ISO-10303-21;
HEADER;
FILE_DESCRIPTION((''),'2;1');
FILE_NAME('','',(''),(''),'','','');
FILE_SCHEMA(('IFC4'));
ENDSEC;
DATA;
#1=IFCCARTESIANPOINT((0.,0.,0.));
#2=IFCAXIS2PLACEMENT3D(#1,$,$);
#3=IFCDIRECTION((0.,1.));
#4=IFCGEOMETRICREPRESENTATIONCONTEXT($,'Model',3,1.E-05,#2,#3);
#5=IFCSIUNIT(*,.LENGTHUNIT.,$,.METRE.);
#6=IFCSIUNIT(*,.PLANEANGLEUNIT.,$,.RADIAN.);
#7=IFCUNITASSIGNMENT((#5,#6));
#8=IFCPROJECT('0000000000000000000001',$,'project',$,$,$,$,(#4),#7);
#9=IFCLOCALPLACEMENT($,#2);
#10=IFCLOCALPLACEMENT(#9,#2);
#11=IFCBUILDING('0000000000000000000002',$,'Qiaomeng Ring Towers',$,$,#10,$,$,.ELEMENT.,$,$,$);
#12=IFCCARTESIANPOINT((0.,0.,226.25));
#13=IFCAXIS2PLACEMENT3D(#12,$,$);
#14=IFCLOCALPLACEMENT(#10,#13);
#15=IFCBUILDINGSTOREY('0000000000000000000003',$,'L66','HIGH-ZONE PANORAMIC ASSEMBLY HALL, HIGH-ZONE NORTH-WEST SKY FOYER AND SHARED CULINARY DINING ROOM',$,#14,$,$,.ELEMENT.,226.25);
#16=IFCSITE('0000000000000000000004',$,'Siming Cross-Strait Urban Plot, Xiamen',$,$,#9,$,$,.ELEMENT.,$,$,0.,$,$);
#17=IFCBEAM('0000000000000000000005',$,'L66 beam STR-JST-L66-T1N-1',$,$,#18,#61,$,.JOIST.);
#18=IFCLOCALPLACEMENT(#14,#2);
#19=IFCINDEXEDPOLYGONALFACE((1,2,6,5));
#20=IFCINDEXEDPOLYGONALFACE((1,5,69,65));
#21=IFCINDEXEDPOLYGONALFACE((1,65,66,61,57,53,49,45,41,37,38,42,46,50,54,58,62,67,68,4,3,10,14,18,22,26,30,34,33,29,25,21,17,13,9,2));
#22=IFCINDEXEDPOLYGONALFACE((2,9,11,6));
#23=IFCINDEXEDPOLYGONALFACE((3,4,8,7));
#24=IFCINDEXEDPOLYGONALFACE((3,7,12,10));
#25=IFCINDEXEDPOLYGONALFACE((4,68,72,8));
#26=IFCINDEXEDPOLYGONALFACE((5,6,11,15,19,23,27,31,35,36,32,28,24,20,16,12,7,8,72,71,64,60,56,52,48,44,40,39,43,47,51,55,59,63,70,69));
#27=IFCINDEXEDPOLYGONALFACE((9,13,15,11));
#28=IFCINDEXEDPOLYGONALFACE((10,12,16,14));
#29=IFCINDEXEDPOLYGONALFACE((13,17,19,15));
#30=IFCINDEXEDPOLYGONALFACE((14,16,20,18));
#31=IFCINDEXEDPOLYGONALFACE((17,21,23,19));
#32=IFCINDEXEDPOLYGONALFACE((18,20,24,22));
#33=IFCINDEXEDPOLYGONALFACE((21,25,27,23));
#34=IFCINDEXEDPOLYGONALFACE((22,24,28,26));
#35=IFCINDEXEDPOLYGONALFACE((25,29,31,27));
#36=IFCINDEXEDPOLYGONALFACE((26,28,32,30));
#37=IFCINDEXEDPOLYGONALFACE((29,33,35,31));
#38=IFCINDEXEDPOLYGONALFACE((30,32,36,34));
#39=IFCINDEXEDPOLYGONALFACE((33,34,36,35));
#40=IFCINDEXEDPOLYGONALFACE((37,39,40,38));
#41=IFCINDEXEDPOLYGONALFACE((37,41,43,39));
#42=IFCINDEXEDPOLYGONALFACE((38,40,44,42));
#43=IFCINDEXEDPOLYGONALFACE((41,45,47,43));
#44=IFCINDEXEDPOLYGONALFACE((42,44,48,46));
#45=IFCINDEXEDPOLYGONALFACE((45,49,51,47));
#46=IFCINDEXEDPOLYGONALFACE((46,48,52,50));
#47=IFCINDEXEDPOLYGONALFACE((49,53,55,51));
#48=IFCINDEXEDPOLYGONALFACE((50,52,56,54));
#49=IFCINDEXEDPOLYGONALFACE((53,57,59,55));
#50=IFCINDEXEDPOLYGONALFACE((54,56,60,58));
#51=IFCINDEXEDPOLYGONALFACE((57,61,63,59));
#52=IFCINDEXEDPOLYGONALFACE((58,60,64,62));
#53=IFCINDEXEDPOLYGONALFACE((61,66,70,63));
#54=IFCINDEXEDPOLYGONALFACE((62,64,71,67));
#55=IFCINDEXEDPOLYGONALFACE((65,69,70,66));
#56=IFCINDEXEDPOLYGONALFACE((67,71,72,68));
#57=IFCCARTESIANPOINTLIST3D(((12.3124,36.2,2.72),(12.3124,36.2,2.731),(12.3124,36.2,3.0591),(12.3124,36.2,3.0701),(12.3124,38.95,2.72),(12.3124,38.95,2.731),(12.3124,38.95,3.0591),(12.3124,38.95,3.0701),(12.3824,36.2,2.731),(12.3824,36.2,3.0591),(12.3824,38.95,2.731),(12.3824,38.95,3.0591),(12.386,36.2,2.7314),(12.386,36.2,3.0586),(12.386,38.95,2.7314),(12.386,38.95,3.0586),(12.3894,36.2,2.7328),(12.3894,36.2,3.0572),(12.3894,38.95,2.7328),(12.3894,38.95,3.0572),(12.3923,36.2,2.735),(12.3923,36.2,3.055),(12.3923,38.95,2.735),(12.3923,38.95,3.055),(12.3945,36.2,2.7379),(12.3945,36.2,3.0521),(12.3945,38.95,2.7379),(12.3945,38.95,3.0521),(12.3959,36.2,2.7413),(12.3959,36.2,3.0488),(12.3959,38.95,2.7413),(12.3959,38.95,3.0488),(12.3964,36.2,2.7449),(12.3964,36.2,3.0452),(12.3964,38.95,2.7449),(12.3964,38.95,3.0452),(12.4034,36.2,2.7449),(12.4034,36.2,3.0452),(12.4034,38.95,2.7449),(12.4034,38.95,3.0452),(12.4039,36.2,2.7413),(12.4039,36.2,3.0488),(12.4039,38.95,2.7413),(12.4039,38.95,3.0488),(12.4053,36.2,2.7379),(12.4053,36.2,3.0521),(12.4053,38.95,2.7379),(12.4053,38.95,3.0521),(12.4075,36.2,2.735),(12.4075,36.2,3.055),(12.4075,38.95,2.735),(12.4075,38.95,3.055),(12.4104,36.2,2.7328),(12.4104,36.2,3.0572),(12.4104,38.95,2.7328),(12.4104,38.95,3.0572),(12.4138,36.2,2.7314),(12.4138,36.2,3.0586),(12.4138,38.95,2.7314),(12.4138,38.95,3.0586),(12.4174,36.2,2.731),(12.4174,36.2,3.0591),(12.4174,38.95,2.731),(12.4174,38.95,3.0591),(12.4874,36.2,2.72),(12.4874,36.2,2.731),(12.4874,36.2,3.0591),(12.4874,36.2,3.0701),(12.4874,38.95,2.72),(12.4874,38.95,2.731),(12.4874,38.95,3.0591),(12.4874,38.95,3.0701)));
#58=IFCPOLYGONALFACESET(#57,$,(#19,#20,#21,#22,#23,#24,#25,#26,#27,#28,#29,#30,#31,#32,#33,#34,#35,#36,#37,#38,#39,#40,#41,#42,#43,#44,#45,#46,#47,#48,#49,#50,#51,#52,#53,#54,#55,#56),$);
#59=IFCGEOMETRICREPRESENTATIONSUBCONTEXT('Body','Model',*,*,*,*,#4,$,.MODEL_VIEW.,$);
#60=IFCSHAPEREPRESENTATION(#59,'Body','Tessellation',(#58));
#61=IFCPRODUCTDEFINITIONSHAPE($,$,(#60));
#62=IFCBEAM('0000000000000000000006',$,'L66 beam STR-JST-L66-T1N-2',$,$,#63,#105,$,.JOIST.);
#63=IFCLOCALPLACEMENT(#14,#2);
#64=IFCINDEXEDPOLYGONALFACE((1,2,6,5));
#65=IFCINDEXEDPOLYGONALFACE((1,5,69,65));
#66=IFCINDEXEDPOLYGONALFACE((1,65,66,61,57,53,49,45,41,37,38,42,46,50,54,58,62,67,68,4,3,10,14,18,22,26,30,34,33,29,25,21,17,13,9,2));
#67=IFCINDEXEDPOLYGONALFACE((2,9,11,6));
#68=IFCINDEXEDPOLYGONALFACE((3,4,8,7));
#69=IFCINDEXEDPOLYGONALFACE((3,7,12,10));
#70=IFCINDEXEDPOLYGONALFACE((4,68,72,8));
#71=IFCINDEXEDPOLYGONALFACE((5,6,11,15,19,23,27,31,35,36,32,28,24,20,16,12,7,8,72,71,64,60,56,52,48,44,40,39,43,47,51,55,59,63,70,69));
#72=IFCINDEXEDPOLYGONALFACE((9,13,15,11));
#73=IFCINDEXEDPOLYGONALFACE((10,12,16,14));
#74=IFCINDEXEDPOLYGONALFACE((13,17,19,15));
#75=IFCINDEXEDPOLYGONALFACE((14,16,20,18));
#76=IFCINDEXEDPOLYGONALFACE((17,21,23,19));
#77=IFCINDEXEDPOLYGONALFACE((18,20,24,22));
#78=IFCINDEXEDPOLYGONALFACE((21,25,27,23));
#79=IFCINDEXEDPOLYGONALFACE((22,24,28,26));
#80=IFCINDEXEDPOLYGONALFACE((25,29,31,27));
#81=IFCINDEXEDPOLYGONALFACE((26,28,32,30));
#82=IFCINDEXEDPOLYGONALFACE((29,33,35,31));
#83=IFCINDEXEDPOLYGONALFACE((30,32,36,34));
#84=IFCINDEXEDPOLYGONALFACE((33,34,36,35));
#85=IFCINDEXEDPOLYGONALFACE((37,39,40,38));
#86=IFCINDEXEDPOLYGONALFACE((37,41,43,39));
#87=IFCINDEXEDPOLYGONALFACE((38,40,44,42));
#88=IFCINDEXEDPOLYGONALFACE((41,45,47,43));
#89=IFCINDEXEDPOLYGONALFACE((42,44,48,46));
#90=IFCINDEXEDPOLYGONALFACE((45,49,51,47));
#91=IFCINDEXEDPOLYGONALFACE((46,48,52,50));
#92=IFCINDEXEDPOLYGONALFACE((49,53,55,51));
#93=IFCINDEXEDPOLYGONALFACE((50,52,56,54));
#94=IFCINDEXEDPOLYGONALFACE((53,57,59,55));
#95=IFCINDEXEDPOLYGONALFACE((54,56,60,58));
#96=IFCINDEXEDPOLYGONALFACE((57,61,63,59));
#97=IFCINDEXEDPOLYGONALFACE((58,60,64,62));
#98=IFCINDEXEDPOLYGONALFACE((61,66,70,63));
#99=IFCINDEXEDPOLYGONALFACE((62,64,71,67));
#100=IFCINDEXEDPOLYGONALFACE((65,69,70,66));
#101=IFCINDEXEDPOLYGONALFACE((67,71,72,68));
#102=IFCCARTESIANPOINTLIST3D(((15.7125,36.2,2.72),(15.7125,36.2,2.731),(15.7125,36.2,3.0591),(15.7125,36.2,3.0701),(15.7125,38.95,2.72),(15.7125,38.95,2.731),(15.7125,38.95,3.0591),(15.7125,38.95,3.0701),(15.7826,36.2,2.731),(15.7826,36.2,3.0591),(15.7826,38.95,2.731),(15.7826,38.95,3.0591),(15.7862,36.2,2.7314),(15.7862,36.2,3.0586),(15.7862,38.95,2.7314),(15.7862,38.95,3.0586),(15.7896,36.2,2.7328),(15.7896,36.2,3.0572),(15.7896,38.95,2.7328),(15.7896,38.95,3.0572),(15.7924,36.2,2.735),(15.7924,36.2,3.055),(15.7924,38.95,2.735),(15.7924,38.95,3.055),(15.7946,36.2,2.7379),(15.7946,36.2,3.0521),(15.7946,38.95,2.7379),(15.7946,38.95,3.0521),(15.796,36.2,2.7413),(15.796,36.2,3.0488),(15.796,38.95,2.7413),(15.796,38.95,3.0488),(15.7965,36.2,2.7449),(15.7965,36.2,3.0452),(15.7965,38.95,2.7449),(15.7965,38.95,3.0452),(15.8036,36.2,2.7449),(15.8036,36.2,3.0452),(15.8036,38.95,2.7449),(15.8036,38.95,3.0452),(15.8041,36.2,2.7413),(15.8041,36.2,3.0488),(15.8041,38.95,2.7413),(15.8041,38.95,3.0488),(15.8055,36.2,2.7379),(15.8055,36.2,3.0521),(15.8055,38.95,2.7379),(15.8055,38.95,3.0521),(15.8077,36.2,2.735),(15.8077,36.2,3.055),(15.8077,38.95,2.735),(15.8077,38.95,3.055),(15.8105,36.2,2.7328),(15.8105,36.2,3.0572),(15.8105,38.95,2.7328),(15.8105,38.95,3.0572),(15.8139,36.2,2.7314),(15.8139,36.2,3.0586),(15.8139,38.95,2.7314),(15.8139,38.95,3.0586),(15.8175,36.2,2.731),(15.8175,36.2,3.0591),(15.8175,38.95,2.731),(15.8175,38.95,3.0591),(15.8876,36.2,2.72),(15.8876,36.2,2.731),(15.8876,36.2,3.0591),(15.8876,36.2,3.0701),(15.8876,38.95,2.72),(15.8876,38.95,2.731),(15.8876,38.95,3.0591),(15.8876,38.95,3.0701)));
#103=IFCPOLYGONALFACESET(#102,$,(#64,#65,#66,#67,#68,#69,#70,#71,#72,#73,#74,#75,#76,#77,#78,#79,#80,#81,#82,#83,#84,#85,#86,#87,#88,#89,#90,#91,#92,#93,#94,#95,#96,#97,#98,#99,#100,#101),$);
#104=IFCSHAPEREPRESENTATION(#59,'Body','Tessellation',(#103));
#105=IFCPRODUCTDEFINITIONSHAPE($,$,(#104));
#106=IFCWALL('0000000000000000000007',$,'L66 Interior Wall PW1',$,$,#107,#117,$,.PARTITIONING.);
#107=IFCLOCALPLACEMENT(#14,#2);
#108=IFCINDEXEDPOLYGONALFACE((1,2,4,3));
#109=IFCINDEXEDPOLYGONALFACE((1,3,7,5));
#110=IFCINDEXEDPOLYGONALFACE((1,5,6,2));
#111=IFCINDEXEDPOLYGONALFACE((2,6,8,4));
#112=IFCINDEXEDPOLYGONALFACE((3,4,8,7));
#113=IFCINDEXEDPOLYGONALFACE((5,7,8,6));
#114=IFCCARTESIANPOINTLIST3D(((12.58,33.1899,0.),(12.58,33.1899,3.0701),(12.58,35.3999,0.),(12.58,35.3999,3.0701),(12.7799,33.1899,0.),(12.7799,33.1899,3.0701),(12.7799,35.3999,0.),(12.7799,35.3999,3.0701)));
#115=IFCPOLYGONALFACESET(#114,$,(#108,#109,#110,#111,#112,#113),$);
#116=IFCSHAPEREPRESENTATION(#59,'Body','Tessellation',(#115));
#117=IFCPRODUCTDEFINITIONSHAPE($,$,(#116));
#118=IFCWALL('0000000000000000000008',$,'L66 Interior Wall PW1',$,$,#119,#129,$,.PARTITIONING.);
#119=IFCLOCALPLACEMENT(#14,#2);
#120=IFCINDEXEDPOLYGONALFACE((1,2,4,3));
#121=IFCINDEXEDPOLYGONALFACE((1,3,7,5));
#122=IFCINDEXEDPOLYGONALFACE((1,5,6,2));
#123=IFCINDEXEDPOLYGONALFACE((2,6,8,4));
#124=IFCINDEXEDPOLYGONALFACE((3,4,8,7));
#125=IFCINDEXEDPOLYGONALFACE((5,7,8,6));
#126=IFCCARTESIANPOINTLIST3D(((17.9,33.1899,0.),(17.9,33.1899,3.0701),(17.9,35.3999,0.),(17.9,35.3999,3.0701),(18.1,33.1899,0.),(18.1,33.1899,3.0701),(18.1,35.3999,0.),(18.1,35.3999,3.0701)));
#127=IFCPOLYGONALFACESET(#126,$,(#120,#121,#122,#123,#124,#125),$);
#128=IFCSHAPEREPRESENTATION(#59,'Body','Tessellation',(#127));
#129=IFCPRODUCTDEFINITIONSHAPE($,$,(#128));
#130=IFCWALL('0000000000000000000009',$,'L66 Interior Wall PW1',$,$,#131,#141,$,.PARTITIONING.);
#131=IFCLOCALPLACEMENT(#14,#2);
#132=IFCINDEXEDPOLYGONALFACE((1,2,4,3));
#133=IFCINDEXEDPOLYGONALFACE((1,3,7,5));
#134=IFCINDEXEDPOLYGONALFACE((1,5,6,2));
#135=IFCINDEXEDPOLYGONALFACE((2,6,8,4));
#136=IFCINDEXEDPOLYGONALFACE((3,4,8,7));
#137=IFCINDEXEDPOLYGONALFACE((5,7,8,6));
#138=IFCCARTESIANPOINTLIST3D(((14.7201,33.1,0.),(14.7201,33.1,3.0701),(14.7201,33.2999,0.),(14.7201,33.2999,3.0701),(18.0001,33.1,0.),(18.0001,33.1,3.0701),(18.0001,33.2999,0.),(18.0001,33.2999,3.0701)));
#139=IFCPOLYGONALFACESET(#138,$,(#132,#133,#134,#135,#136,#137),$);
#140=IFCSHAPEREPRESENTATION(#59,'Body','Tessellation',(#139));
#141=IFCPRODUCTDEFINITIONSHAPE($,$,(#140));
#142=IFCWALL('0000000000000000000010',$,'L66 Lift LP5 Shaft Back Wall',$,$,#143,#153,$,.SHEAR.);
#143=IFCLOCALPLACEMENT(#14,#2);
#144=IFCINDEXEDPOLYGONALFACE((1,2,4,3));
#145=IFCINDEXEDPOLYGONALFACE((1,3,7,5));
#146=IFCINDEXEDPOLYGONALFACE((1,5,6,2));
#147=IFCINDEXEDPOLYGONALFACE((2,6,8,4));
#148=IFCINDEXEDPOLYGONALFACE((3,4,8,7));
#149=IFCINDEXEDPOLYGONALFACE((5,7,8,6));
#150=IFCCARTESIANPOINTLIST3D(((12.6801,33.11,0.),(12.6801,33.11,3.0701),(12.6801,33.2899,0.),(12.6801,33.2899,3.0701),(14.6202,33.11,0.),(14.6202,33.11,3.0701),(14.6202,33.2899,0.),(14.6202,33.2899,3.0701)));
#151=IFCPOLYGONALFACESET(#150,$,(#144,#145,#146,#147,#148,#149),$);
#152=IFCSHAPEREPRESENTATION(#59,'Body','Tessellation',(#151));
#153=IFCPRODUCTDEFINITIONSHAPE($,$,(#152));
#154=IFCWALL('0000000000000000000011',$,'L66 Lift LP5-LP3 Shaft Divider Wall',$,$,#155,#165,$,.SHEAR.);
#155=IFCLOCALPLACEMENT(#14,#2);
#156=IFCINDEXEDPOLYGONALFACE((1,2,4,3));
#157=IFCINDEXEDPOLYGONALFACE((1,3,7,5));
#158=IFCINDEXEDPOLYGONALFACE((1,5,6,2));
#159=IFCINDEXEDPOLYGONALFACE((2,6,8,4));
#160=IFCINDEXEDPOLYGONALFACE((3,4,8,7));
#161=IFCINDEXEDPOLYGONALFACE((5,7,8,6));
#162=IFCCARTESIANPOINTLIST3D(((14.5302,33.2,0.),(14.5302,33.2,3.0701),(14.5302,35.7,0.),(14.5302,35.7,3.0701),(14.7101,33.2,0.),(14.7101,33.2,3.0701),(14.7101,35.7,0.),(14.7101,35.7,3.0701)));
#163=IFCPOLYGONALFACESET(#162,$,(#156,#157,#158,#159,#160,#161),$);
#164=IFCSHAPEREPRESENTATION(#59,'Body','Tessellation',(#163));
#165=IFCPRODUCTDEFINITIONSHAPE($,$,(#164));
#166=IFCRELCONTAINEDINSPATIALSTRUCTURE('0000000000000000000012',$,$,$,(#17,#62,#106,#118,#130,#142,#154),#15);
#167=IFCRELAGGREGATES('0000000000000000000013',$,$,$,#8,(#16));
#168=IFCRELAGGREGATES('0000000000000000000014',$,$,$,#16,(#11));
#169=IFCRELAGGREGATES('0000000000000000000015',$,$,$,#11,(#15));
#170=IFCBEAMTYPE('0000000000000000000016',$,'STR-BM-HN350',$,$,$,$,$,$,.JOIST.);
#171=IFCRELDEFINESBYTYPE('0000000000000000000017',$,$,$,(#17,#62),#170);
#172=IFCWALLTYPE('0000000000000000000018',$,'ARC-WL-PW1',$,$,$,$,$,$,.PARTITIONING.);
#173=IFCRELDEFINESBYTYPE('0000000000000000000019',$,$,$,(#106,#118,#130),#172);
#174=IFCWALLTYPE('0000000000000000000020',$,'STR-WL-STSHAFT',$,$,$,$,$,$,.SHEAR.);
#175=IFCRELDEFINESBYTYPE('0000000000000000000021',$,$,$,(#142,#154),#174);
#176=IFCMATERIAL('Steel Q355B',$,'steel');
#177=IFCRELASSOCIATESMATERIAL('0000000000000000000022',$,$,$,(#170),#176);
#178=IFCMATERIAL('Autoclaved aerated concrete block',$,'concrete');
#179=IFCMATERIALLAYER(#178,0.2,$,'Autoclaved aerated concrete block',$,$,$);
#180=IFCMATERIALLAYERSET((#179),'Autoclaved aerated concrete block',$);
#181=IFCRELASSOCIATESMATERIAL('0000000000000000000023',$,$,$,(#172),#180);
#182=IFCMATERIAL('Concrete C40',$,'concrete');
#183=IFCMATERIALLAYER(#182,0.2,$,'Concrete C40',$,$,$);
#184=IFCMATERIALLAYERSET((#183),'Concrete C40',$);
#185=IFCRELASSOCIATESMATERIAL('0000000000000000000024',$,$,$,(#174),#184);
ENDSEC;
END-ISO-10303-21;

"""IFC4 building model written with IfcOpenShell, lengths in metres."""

from ifc_helpers import new_model, si_unit, direction, frame, frame_2d, origin, origin_2d, place, context, subcontext, project, spatial, rectangle, i_section, extrude, source, transform, mapped, material, layer, layer_set, material_profile, profile_set, type_object, element, save


model = new_model("IFC4")

# Units and contexts
model_context = context("Model", 3, precision=1e-05, world=origin(), true_north=direction((0.0, 1.0)))
body_context = subcontext(model_context, "Body", "Model", "MODEL_VIEW")
ifc_project = project(units=[si_unit("LENGTHUNIT", "METRE"), si_unit("PLANEANGLEUNIT", "RADIAN")], contexts=[model_context])

# Site, building, storey
site_placement = place(None, origin())
site = spatial("IfcSite", under=ifc_project, at=site_placement, Name="Siming Cross-Strait Urban Plot, Xiamen", CompositionType="ELEMENT", RefElevation=0.0)
building_placement = place(site_placement, origin())
building = spatial("IfcBuilding", under=site, at=building_placement, Name="Qiaomeng Ring Towers", CompositionType="ELEMENT")
storey_placement = place(building_placement, frame((0.0, 0.0, 226.25)))
storey = spatial("IfcBuildingStorey", under=building, at=storey_placement, Name="L66", Description="HIGH-ZONE PANORAMIC ASSEMBLY HALL, HIGH-ZONE NORTH-WEST SKY FOYER AND SHARED CULINARY DINING ROOM", CompositionType="ELEMENT", Elevation=226.25)

# Beams
ifc_material_1 = material(Name="Steel Q355B", Category="steel")
ifc_material_profile = material_profile(ifc_material_1, i_section(OverallWidth=0.175, OverallDepth=0.3501, WebThickness=0.0071, FlangeThickness=0.011, FilletRadius=0.0139, at=origin_2d()), Name="HN 350x175x7x11")
ifc_profile_set = profile_set([ifc_material_profile], Name="Steel Q355B")
beam_type = type_object("IfcBeamType", Name="STR-BM-HN350", PredefinedType="JOIST", material=ifc_profile_set)
shared_shape_1 = source(origin(), body_context, "Body", "SweptSolid", [
    extrude(i_section(OverallWidth=0.175, OverallDepth=0.3501, WebThickness=0.0071, FlangeThickness=0.011, FilletRadius=0.0139, at=origin_2d()), origin(), (0.0, 0.0, 1.0), 2.75),
])
for number, where, z_axis, x_axis, name in (
    (1, (12.3999, 36.2, 2.895), (0.0, 1.0, 0.0), (-1.0, 0.0, 0.0), "L66 beam STR-JST-L66-T1N-1"),
    (2, (15.8, 36.2, 2.895), (0.0, 1.0, 0.0), (-1.0, 0.0, 0.0), "L66 beam STR-JST-L66-T1N-2"),
):
    element("IfcBeam", number, at=place(storey_placement, frame(where, z_axis=z_axis, x_axis=x_axis)), inside=storey, type_object=beam_type, Name=name, PredefinedType="JOIST", context=body_context, shape_type="MappedRepresentation", body=[
        mapped(shared_shape_1, transform((0.0, 0.0, 0.0), x_axis=(1.0, 0.0, 0.0), y_axis=(0.0, 1.0, 0.0), z_axis=(0.0, 0.0, 1.0), scale=1.0)),
    ])

# Walls
ifc_material_2 = material(Name="Autoclaved aerated concrete block", Category="concrete")
ifc_layer_1 = layer(ifc_material_2, 0.2, Name="Autoclaved aerated concrete block")
ifc_layer_set_1 = layer_set([ifc_layer_1], Name="Autoclaved aerated concrete block")
wall_type_1 = type_object("IfcWallType", Name="ARC-WL-PW1", PredefinedType="PARTITIONING", material=ifc_layer_set_1)
for number, where, z_axis, x_axis, name in (
    (3, (12.6799, 33.1899, 0.0), (0.0, 0.0, 1.0), (0.0, 1.0, 0.0), "L66 Interior Wall PW1"),
    (4, (18.0, 33.1899, 0.0), (0.0, 0.0, 1.0), (0.0, 1.0, 0.0), "L66 Interior Wall PW1"),
):
    element("IfcWall", number, at=place(storey_placement, frame(where, z_axis=z_axis, x_axis=x_axis)), inside=storey, type_object=wall_type_1, Name=name, PredefinedType="PARTITIONING", context=body_context, shape_type="SweptSolid", body=[
        extrude(rectangle(XDim=2.21, YDim=0.2, at=frame_2d((1.105, 0.0))), origin(), (0.0, 0.0, 1.0), 3.0701),
    ])
wall_1_placement = place(storey_placement, frame((14.72, 33.2, 0.0), z_axis=(0.0, 0.0, 1.0), x_axis=(1.0, 0.0, 0.0)))
element("IfcWall", 5, at=wall_1_placement, inside=storey, type_object=wall_type_1, Name="L66 Interior Wall PW1", PredefinedType="PARTITIONING", context=body_context, shape_type="SweptSolid", body=[
    extrude(rectangle(XDim=3.28, YDim=0.2, at=frame_2d((1.6401, 0.0))), origin(), (0.0, 0.0, 1.0), 3.0701),
])
ifc_material_3 = material(Name="Concrete C40", Category="concrete")
ifc_layer_2 = layer(ifc_material_3, 0.2, Name="Concrete C40")
ifc_layer_set_2 = layer_set([ifc_layer_2], Name="Concrete C40")
wall_type_2 = type_object("IfcWallType", Name="STR-WL-STSHAFT", PredefinedType="SHEAR", material=ifc_layer_set_2)
wall_2_placement = place(storey_placement, frame((12.6799, 33.2, 0.0), z_axis=(0.0, 0.0, 1.0), x_axis=(1.0, 0.0, 0.0)))
element("IfcWall", 6, at=wall_2_placement, inside=storey, type_object=wall_type_2, Name="L66 Lift LP5 Shaft Back Wall", PredefinedType="SHEAR", context=body_context, shape_type="SweptSolid", body=[
    extrude(rectangle(XDim=1.9402, YDim=0.1799, at=frame_2d((0.9702, 0.0))), origin(), (0.0, 0.0, 1.0), 3.0701),
])
wall_3_placement = place(storey_placement, frame((14.6201, 33.2, 0.0), z_axis=(0.0, 0.0, 1.0), x_axis=(0.0, 1.0, 0.0)))
element("IfcWall", 7, at=wall_3_placement, inside=storey, type_object=wall_type_2, Name="L66 Lift LP5-LP3 Shaft Divider Wall", PredefinedType="SHEAR", context=body_context, shape_type="SweptSolid", body=[
    extrude(rectangle(XDim=2.5, YDim=0.1799, at=frame_2d((1.25, 0.0))), origin(), (0.0, 0.0, 1.0), 3.0701),
])

save(model, "model.ifc")
